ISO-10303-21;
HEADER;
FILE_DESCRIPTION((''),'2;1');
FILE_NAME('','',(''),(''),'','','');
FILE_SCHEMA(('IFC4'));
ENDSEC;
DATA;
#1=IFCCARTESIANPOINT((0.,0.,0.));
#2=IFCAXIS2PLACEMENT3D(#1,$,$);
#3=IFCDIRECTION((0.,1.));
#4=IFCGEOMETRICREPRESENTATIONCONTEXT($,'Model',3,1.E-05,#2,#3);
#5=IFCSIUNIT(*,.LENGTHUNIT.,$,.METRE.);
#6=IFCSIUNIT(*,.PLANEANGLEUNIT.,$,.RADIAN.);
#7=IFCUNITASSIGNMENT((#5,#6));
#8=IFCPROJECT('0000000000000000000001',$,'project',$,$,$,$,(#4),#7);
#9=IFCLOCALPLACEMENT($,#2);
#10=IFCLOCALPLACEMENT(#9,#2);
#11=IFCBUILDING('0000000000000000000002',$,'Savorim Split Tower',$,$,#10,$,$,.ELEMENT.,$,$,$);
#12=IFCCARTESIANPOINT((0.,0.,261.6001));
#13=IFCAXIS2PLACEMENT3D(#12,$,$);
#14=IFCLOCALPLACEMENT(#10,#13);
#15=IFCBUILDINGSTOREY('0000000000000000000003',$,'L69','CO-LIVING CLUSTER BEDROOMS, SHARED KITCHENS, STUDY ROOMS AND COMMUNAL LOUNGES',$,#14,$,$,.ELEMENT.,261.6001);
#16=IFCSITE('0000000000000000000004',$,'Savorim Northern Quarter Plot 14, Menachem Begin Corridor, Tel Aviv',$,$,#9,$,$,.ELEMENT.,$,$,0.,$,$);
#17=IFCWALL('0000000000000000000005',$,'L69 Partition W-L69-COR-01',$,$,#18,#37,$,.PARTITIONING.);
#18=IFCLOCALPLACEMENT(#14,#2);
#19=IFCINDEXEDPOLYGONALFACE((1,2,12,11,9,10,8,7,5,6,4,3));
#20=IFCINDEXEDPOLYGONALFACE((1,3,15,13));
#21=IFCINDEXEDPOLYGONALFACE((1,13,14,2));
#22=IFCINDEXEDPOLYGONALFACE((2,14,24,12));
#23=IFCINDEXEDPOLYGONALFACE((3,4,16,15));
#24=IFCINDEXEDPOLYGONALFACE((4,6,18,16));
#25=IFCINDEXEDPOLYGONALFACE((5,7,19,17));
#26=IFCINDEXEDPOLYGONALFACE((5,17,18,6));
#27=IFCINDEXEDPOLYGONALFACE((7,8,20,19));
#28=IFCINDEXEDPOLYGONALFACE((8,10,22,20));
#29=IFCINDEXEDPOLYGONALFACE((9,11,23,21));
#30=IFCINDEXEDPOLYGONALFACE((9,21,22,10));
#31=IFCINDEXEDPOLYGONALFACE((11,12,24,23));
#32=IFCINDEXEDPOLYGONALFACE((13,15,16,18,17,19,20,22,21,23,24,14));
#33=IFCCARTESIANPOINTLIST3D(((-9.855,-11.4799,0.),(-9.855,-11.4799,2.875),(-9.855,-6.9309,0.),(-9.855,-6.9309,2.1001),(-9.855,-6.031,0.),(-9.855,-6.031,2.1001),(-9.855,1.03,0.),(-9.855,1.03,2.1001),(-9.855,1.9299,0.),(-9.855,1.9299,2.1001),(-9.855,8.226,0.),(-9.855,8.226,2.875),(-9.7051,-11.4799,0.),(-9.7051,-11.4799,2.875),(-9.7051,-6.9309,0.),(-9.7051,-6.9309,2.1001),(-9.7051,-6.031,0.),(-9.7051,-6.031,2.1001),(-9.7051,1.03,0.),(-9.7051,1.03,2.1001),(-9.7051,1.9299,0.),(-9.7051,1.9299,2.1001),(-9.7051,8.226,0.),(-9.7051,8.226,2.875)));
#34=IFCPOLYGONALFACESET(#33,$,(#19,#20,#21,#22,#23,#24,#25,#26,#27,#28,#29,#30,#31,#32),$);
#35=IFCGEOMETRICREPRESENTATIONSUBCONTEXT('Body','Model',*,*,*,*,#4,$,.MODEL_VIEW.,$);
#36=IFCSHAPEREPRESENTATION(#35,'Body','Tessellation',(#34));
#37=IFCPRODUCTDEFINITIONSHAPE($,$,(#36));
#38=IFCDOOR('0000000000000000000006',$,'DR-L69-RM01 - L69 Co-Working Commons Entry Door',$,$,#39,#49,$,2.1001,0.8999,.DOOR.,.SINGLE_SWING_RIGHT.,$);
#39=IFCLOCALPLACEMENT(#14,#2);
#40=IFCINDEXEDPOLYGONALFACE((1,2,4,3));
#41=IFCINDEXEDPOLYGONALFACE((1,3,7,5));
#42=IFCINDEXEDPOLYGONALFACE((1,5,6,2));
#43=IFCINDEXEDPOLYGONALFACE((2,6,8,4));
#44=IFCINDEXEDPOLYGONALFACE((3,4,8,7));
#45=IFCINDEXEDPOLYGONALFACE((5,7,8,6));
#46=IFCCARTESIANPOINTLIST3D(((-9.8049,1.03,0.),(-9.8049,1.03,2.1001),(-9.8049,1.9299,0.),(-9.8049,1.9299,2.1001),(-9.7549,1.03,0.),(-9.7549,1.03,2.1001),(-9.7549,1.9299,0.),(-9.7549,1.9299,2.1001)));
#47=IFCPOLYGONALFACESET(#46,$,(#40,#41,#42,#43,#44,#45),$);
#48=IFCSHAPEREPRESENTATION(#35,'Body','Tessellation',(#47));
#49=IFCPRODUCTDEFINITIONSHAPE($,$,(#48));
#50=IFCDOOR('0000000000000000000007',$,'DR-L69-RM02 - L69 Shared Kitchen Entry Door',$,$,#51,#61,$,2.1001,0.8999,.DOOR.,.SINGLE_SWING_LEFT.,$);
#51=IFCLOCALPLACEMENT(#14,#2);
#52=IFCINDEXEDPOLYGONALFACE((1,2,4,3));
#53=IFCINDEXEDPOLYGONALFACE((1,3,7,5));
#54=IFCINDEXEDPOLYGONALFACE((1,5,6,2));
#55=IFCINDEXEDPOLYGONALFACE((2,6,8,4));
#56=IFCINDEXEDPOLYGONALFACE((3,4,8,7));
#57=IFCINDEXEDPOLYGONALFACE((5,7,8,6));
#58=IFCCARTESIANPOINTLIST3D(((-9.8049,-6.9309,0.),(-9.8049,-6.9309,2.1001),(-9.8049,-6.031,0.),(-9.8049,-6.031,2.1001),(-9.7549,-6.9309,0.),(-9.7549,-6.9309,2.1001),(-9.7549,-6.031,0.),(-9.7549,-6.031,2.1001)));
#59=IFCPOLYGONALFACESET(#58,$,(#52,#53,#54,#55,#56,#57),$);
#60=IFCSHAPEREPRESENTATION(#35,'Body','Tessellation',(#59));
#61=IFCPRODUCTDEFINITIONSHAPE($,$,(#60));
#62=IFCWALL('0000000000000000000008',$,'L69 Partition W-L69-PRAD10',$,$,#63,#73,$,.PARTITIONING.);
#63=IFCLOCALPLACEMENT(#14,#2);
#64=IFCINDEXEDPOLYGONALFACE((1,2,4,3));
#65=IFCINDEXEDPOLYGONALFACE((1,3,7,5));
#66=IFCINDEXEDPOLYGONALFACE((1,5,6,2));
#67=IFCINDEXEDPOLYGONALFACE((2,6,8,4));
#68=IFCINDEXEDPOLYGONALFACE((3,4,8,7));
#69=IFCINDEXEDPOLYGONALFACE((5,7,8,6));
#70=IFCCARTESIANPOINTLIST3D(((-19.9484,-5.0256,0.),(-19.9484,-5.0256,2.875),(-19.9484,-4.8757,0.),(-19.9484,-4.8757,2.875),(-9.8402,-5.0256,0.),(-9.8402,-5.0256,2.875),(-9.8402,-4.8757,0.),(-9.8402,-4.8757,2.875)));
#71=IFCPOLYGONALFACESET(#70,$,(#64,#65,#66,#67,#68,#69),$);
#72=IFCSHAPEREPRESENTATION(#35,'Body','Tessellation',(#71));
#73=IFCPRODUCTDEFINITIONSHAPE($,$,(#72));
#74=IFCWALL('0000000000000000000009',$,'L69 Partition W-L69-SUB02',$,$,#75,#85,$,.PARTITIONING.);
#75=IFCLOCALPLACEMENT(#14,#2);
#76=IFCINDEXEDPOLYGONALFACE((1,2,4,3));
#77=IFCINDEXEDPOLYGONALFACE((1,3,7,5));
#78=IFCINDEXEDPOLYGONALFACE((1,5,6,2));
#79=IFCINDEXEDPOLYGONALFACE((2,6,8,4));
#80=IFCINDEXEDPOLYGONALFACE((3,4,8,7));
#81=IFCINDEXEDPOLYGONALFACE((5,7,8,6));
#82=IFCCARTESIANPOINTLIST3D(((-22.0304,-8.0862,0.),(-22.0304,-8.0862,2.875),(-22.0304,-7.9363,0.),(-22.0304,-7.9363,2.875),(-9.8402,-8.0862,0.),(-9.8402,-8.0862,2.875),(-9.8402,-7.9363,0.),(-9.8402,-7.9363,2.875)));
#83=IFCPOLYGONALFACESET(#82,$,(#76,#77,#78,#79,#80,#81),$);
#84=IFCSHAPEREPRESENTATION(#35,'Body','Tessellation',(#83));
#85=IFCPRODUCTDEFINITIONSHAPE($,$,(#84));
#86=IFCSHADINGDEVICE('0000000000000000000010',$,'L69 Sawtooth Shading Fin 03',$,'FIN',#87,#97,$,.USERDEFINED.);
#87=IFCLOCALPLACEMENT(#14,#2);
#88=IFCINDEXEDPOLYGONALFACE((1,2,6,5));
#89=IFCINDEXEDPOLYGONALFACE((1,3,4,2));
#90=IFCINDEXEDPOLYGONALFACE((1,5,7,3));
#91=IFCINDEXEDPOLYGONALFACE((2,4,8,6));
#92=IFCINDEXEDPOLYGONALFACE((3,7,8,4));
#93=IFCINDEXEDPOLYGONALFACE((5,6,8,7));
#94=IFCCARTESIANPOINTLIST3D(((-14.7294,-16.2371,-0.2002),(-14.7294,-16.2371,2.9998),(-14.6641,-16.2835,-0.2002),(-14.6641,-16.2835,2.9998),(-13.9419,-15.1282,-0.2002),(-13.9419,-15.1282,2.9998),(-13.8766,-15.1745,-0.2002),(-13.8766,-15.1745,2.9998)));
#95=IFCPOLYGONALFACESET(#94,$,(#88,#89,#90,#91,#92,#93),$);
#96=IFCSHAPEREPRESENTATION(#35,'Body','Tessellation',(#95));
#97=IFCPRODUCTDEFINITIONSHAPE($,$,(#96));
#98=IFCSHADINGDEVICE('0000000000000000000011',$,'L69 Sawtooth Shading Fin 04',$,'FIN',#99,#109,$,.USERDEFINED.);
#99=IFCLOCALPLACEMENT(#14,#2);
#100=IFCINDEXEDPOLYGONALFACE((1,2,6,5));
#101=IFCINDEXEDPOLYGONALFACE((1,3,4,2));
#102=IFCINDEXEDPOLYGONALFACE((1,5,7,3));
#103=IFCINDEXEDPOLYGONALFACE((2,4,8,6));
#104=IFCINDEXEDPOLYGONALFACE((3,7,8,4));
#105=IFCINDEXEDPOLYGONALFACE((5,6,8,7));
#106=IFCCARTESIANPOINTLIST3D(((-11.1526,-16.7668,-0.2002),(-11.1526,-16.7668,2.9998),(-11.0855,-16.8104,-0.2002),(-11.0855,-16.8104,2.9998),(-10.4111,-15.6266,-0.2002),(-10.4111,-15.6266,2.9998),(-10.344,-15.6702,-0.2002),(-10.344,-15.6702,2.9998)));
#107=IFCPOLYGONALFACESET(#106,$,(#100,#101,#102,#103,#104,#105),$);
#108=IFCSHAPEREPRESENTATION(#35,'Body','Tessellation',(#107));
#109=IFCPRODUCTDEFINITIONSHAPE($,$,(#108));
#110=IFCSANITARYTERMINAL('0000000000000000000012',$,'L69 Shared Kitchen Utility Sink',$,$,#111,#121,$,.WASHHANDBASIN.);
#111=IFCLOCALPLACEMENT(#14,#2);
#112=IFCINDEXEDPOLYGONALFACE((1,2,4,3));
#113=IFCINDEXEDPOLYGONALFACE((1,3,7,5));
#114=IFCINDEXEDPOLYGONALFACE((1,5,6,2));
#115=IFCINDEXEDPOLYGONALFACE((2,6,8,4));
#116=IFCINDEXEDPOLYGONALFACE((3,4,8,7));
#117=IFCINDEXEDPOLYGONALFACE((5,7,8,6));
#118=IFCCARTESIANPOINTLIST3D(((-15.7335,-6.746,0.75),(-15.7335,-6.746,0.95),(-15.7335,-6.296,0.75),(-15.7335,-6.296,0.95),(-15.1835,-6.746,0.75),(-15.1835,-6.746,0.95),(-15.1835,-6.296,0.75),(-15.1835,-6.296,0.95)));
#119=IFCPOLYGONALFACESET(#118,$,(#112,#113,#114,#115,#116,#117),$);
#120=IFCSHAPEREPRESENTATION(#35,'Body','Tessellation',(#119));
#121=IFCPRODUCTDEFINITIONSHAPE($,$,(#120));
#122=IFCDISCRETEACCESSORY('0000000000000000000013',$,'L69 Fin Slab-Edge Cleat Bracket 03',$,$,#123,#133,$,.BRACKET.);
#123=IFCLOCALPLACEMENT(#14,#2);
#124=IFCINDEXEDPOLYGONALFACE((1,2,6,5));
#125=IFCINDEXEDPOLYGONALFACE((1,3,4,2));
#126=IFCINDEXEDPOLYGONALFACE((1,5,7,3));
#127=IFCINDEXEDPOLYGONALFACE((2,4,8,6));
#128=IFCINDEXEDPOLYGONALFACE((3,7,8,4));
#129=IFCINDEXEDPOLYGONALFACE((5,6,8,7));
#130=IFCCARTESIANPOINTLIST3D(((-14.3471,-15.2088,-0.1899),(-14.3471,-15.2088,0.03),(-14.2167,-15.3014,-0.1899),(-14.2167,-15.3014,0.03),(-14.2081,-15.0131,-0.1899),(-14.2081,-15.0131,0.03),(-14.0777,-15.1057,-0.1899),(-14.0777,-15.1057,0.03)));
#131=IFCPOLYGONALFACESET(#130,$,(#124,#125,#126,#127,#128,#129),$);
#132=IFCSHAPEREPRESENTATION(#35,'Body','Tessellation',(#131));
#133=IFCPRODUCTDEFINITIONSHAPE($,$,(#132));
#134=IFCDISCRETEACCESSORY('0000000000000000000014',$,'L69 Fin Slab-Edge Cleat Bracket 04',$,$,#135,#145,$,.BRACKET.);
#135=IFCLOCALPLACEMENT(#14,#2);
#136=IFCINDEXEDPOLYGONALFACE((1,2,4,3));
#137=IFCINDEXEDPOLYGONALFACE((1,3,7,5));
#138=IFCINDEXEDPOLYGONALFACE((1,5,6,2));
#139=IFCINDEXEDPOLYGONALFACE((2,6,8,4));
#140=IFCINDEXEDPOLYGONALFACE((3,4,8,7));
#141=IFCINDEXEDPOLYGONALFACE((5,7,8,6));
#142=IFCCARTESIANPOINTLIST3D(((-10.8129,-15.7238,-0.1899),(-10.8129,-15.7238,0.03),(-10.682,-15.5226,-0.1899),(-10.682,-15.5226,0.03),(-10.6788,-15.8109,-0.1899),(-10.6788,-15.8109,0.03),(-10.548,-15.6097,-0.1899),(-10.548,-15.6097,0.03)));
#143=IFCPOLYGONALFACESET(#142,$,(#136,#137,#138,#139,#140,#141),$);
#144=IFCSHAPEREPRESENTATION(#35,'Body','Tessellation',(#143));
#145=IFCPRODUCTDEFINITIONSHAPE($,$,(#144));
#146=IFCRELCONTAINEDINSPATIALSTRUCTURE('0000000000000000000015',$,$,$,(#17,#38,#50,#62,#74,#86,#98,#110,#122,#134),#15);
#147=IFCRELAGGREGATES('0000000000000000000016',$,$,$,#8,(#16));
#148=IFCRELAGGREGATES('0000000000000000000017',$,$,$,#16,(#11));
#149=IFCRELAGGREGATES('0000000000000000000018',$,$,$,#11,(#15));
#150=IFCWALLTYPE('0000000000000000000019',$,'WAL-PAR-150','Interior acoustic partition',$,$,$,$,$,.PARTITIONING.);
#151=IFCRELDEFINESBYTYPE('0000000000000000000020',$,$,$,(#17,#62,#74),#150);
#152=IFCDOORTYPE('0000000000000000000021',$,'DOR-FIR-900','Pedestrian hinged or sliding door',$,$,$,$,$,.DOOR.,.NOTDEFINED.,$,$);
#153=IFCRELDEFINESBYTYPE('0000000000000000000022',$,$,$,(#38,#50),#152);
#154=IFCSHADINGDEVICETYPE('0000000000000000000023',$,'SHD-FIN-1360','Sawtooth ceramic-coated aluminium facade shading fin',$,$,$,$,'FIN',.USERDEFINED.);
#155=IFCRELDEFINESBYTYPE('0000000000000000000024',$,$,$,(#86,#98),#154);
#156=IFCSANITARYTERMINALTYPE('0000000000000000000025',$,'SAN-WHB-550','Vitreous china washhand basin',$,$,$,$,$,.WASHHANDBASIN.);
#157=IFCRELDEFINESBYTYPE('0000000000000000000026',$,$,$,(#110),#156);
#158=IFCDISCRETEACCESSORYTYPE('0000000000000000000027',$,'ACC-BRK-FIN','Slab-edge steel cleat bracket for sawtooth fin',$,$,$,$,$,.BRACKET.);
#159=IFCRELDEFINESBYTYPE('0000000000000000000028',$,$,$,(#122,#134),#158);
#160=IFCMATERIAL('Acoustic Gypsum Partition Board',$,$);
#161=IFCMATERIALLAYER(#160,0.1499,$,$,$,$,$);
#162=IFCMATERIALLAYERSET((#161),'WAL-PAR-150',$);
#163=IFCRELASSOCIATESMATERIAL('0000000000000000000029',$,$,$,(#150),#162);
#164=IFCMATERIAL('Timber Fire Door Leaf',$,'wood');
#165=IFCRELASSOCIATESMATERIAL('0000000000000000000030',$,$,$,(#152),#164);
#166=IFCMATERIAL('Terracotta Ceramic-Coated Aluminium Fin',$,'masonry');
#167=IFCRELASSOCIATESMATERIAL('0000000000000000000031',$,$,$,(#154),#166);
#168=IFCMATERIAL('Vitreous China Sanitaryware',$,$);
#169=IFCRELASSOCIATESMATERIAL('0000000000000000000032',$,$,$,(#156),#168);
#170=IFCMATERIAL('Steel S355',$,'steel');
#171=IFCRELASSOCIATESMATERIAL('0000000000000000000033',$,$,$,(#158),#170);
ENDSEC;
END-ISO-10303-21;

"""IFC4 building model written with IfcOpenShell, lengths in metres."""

from ifc_helpers import new_model, si_unit, direction, frame, frame_2d, origin, origin_2d, place, context, subcontext, project, spatial, rectangle, extrude, material, layer, layer_set, type_object, element, fill, save


model = new_model("IFC4")

# Units and contexts
model_context = context("Model", 3, precision=1e-05, world=origin(), true_north=direction((0.0, 1.0)))
body_context = subcontext(model_context, "Body", "Model", "MODEL_VIEW")
ifc_project = project(units=[si_unit("LENGTHUNIT", "METRE"), si_unit("PLANEANGLEUNIT", "RADIAN")], contexts=[model_context])

# Site, building, storey
site_placement = place(None, origin())
site = spatial("IfcSite", under=ifc_project, at=site_placement, Name="Savorim Northern Quarter Plot 14, Menachem Begin Corridor, Tel Aviv", CompositionType="ELEMENT", RefElevation=0.0)
building_placement = place(site_placement, origin())
building = spatial("IfcBuilding", under=site, at=building_placement, Name="Savorim Split Tower", CompositionType="ELEMENT")
storey_placement = place(building_placement, frame((0.0, 0.0, 261.6001)))
storey = spatial("IfcBuildingStorey", under=building, at=storey_placement, Name="L69", Description="CO-LIVING CLUSTER BEDROOMS, SHARED KITCHENS, STUDY ROOMS AND COMMUNAL LOUNGES", CompositionType="ELEMENT", Elevation=261.6001)

# Shared definitions
ifc_material_1 = material(Name="Steel S355", Category="steel")

# Wall, openings, doors
ifc_material_2 = material(Name="Acoustic Gypsum Partition Board")
ifc_layer_1 = layer(ifc_material_2, 0.1499)
ifc_layer_set_1 = layer_set([ifc_layer_1], Name="WAL-PAR-150")
wall_type = type_object("IfcWallType", Name="WAL-PAR-150", Description="Interior acoustic partition", PredefinedType="PARTITIONING", material=ifc_layer_set_1)
wall_1_placement = place(storey_placement, frame((-9.78, -11.48, 0.0), z_axis=(0.0, 0.0, 1.0), x_axis=(0.0, 1.0, 0.0)))
wall_1 = element("IfcWall", 1, at=wall_1_placement, inside=storey, type_object=wall_type, Name="L69 Partition W-L69-COR-01", PredefinedType="PARTITIONING", context=body_context, shape_type="SweptSolid", body=[
    extrude(rectangle(XDim=19.7058, YDim=0.1499, at=frame_2d((9.853, 0.0))), origin(), (0.0, 0.0, 1.0), 2.875),
])
opening_1_placement = place(wall_1_placement, frame((12.51, 0.0, 0.0)))
opening_1 = element("IfcOpeningElement", 2, at=opening_1_placement, cuts=wall_1, PredefinedType="OPENING", context=body_context, shape_type="SweptSolid", body=[
    extrude(rectangle(XDim=0.8999, YDim=2.1001, at=frame_2d((0.45, 1.05))), frame((0.0, 0.085, 0.0), z_axis=(0.0, -1.0, 0.0), x_axis=(1.0, 0.0, 0.0)), (0.0, 0.0, 1.0), 0.1699),
])
opening_2_placement = place(wall_1_placement, frame((4.5491, 0.0, 0.0)))
opening_2 = element("IfcOpeningElement", 3, at=opening_2_placement, cuts=wall_1, PredefinedType="OPENING", context=body_context, shape_type="SweptSolid", body=[
    extrude(rectangle(XDim=0.8999, YDim=2.1001, at=frame_2d((0.45, 1.05))), frame((0.0, 0.085, 0.0), z_axis=(0.0, -1.0, 0.0), x_axis=(1.0, 0.0, 0.0)), (0.0, 0.0, 1.0), 0.1699),
])
ifc_material_3 = material(Name="Timber Fire Door Leaf", Category="wood")
door_type = type_object("IfcDoorType", Name="DOR-FIR-900", Description="Pedestrian hinged or sliding door", OperationType="NOTDEFINED", PredefinedType="DOOR", material=ifc_material_3)
door_1_placement = place(opening_1_placement, origin())
door_1 = element("IfcDoor", 4, at=door_1_placement, inside=storey, type_object=door_type, Name="DR-L69-RM01 - L69 Co-Working Commons Entry Door", OperationType="SINGLE_SWING_RIGHT", OverallHeight=2.1001, OverallWidth=0.8999, PredefinedType="DOOR", context=body_context, shape_type="SweptSolid", body=[
    extrude(rectangle(XDim=0.8999, YDim=2.1001, at=frame_2d((0.45, 1.05))), frame((0.0, 0.0249, 0.0), z_axis=(0.0, -1.0, 0.0), x_axis=(1.0, 0.0, 0.0)), (0.0, 0.0, 1.0), 0.05),
])
fill(opening_1, door_1)
door_2_placement = place(opening_2_placement, origin())
door_2 = element("IfcDoor", 5, at=door_2_placement, inside=storey, type_object=door_type, Name="DR-L69-RM02 - L69 Shared Kitchen Entry Door", OperationType="SINGLE_SWING_LEFT", OverallHeight=2.1001, OverallWidth=0.8999, PredefinedType="DOOR", context=body_context, shape_type="SweptSolid", body=[
    extrude(rectangle(XDim=0.8999, YDim=2.1001, at=frame_2d((0.45, 1.05))), frame((0.0, 0.0249, 0.0), z_axis=(0.0, -1.0, 0.0), x_axis=(1.0, 0.0, 0.0)), (0.0, 0.0, 1.0), 0.05),
])
fill(opening_2, door_2)

# Walls
wall_2_placement = place(storey_placement, frame((-9.8401, -4.9507, 0.0), z_axis=(0.0, 0.0, 1.0), x_axis=(-1.0, 0.0, 0.0)))
element("IfcWall", 6, at=wall_2_placement, inside=storey, type_object=wall_type, Name="L69 Partition W-L69-PRAD10", PredefinedType="PARTITIONING", context=body_context, shape_type="SweptSolid", body=[
    extrude(rectangle(XDim=10.1082, YDim=0.1499, at=frame_2d((5.0542, 0.0))), origin(), (0.0, 0.0, 1.0), 2.875),
])
wall_3_placement = place(storey_placement, frame((-9.8401, -8.0112, 0.0), z_axis=(0.0, 0.0, 1.0), x_axis=(-1.0, 0.0, 0.0)))
element("IfcWall", 7, at=wall_3_placement, inside=storey, type_object=wall_type, Name="L69 Partition W-L69-SUB02", PredefinedType="PARTITIONING", context=body_context, shape_type="SweptSolid", body=[
    extrude(rectangle(XDim=12.1902, YDim=0.1499, at=frame_2d((6.0952, 0.0))), origin(), (0.0, 0.0, 1.0), 2.875),
])

# Shading devices
ifc_material_4 = material(Name="Terracotta Ceramic-Coated Aluminium Fin", Category="masonry")
shading_device_type = type_object("IfcShadingDeviceType", Name="SHD-FIN-1360", Description="Sawtooth ceramic-coated aluminium facade shading fin", ElementType="FIN", PredefinedType="USERDEFINED", material=ifc_material_4)
for number, where, z_axis, x_axis, name in (
    (8, (-14.303, -15.7058, -0.2002), (0.0, 0.0, 1.0), (-0.578994, -0.815332, 0.0), "L69 Sawtooth Shading Fin 03"),
    (9, (-10.7483, -16.2185, -0.2002), (0.0, 0.0, 1.0), (-0.545148, -0.83834, 0.0), "L69 Sawtooth Shading Fin 04"),
):
    element("IfcShadingDevice", number, at=place(storey_placement, frame(where, z_axis=z_axis, x_axis=x_axis)), inside=storey, type_object=shading_device_type, Name=name, ObjectType="FIN", PredefinedType="USERDEFINED", context=body_context, shape_type="SweptSolid", body=[
        extrude(rectangle(XDim=1.3601, YDim=0.0801, at=origin_2d()), origin(), (0.0, 0.0, 1.0), 3.2),
    ])

# Sanitary terminal
ifc_material_5 = material(Name="Vitreous China Sanitaryware")
sanitary_terminal_type = type_object("IfcSanitaryTerminalType", Name="SAN-WHB-550", Description="Vitreous china washhand basin", PredefinedType="WASHHANDBASIN", material=ifc_material_5)
sanitary_terminal_placement = place(storey_placement, frame((-15.4585, -6.521, 0.75), z_axis=(0.0, 0.0, 1.0), x_axis=(1.0, 0.0, 0.0)))
element("IfcSanitaryTerminal", 10, at=sanitary_terminal_placement, inside=storey, type_object=sanitary_terminal_type, Name="L69 Shared Kitchen Utility Sink", PredefinedType="WASHHANDBASIN", context=body_context, shape_type="SweptSolid", body=[
    extrude(rectangle(XDim=0.55, YDim=0.45, at=origin_2d()), origin(), (0.0, 0.0, 1.0), 0.2),
])

# Discrete accessories
discrete_accessory_type = type_object("IfcDiscreteAccessoryType", Name="ACC-BRK-FIN", Description="Slab-edge steel cleat bracket for sawtooth fin", PredefinedType="BRACKET", material=ifc_material_1)
for number, where, z_axis, x_axis, name in (
    (11, (-14.2124, -15.1572, -0.1899), (0.0, 0.0, 1.0), (-0.578994, -0.815332, 0.0), "L69 Fin Slab-Edge Cleat Bracket 03"),
    (12, (-10.6804, -15.6667, -0.1899), (0.0, 0.0, 1.0), (-0.545148, -0.83834, 0.0), "L69 Fin Slab-Edge Cleat Bracket 04"),
):
    element("IfcDiscreteAccessory", number, at=place(storey_placement, frame(where, z_axis=z_axis, x_axis=x_axis)), inside=storey, type_object=discrete_accessory_type, Name=name, PredefinedType="BRACKET", context=body_context, shape_type="SweptSolid", body=[
        extrude(rectangle(XDim=0.24, YDim=0.1599, at=origin_2d()), origin(), (0.0, 0.0, 1.0), 0.22),
    ])

save(model, "model.ifc")
